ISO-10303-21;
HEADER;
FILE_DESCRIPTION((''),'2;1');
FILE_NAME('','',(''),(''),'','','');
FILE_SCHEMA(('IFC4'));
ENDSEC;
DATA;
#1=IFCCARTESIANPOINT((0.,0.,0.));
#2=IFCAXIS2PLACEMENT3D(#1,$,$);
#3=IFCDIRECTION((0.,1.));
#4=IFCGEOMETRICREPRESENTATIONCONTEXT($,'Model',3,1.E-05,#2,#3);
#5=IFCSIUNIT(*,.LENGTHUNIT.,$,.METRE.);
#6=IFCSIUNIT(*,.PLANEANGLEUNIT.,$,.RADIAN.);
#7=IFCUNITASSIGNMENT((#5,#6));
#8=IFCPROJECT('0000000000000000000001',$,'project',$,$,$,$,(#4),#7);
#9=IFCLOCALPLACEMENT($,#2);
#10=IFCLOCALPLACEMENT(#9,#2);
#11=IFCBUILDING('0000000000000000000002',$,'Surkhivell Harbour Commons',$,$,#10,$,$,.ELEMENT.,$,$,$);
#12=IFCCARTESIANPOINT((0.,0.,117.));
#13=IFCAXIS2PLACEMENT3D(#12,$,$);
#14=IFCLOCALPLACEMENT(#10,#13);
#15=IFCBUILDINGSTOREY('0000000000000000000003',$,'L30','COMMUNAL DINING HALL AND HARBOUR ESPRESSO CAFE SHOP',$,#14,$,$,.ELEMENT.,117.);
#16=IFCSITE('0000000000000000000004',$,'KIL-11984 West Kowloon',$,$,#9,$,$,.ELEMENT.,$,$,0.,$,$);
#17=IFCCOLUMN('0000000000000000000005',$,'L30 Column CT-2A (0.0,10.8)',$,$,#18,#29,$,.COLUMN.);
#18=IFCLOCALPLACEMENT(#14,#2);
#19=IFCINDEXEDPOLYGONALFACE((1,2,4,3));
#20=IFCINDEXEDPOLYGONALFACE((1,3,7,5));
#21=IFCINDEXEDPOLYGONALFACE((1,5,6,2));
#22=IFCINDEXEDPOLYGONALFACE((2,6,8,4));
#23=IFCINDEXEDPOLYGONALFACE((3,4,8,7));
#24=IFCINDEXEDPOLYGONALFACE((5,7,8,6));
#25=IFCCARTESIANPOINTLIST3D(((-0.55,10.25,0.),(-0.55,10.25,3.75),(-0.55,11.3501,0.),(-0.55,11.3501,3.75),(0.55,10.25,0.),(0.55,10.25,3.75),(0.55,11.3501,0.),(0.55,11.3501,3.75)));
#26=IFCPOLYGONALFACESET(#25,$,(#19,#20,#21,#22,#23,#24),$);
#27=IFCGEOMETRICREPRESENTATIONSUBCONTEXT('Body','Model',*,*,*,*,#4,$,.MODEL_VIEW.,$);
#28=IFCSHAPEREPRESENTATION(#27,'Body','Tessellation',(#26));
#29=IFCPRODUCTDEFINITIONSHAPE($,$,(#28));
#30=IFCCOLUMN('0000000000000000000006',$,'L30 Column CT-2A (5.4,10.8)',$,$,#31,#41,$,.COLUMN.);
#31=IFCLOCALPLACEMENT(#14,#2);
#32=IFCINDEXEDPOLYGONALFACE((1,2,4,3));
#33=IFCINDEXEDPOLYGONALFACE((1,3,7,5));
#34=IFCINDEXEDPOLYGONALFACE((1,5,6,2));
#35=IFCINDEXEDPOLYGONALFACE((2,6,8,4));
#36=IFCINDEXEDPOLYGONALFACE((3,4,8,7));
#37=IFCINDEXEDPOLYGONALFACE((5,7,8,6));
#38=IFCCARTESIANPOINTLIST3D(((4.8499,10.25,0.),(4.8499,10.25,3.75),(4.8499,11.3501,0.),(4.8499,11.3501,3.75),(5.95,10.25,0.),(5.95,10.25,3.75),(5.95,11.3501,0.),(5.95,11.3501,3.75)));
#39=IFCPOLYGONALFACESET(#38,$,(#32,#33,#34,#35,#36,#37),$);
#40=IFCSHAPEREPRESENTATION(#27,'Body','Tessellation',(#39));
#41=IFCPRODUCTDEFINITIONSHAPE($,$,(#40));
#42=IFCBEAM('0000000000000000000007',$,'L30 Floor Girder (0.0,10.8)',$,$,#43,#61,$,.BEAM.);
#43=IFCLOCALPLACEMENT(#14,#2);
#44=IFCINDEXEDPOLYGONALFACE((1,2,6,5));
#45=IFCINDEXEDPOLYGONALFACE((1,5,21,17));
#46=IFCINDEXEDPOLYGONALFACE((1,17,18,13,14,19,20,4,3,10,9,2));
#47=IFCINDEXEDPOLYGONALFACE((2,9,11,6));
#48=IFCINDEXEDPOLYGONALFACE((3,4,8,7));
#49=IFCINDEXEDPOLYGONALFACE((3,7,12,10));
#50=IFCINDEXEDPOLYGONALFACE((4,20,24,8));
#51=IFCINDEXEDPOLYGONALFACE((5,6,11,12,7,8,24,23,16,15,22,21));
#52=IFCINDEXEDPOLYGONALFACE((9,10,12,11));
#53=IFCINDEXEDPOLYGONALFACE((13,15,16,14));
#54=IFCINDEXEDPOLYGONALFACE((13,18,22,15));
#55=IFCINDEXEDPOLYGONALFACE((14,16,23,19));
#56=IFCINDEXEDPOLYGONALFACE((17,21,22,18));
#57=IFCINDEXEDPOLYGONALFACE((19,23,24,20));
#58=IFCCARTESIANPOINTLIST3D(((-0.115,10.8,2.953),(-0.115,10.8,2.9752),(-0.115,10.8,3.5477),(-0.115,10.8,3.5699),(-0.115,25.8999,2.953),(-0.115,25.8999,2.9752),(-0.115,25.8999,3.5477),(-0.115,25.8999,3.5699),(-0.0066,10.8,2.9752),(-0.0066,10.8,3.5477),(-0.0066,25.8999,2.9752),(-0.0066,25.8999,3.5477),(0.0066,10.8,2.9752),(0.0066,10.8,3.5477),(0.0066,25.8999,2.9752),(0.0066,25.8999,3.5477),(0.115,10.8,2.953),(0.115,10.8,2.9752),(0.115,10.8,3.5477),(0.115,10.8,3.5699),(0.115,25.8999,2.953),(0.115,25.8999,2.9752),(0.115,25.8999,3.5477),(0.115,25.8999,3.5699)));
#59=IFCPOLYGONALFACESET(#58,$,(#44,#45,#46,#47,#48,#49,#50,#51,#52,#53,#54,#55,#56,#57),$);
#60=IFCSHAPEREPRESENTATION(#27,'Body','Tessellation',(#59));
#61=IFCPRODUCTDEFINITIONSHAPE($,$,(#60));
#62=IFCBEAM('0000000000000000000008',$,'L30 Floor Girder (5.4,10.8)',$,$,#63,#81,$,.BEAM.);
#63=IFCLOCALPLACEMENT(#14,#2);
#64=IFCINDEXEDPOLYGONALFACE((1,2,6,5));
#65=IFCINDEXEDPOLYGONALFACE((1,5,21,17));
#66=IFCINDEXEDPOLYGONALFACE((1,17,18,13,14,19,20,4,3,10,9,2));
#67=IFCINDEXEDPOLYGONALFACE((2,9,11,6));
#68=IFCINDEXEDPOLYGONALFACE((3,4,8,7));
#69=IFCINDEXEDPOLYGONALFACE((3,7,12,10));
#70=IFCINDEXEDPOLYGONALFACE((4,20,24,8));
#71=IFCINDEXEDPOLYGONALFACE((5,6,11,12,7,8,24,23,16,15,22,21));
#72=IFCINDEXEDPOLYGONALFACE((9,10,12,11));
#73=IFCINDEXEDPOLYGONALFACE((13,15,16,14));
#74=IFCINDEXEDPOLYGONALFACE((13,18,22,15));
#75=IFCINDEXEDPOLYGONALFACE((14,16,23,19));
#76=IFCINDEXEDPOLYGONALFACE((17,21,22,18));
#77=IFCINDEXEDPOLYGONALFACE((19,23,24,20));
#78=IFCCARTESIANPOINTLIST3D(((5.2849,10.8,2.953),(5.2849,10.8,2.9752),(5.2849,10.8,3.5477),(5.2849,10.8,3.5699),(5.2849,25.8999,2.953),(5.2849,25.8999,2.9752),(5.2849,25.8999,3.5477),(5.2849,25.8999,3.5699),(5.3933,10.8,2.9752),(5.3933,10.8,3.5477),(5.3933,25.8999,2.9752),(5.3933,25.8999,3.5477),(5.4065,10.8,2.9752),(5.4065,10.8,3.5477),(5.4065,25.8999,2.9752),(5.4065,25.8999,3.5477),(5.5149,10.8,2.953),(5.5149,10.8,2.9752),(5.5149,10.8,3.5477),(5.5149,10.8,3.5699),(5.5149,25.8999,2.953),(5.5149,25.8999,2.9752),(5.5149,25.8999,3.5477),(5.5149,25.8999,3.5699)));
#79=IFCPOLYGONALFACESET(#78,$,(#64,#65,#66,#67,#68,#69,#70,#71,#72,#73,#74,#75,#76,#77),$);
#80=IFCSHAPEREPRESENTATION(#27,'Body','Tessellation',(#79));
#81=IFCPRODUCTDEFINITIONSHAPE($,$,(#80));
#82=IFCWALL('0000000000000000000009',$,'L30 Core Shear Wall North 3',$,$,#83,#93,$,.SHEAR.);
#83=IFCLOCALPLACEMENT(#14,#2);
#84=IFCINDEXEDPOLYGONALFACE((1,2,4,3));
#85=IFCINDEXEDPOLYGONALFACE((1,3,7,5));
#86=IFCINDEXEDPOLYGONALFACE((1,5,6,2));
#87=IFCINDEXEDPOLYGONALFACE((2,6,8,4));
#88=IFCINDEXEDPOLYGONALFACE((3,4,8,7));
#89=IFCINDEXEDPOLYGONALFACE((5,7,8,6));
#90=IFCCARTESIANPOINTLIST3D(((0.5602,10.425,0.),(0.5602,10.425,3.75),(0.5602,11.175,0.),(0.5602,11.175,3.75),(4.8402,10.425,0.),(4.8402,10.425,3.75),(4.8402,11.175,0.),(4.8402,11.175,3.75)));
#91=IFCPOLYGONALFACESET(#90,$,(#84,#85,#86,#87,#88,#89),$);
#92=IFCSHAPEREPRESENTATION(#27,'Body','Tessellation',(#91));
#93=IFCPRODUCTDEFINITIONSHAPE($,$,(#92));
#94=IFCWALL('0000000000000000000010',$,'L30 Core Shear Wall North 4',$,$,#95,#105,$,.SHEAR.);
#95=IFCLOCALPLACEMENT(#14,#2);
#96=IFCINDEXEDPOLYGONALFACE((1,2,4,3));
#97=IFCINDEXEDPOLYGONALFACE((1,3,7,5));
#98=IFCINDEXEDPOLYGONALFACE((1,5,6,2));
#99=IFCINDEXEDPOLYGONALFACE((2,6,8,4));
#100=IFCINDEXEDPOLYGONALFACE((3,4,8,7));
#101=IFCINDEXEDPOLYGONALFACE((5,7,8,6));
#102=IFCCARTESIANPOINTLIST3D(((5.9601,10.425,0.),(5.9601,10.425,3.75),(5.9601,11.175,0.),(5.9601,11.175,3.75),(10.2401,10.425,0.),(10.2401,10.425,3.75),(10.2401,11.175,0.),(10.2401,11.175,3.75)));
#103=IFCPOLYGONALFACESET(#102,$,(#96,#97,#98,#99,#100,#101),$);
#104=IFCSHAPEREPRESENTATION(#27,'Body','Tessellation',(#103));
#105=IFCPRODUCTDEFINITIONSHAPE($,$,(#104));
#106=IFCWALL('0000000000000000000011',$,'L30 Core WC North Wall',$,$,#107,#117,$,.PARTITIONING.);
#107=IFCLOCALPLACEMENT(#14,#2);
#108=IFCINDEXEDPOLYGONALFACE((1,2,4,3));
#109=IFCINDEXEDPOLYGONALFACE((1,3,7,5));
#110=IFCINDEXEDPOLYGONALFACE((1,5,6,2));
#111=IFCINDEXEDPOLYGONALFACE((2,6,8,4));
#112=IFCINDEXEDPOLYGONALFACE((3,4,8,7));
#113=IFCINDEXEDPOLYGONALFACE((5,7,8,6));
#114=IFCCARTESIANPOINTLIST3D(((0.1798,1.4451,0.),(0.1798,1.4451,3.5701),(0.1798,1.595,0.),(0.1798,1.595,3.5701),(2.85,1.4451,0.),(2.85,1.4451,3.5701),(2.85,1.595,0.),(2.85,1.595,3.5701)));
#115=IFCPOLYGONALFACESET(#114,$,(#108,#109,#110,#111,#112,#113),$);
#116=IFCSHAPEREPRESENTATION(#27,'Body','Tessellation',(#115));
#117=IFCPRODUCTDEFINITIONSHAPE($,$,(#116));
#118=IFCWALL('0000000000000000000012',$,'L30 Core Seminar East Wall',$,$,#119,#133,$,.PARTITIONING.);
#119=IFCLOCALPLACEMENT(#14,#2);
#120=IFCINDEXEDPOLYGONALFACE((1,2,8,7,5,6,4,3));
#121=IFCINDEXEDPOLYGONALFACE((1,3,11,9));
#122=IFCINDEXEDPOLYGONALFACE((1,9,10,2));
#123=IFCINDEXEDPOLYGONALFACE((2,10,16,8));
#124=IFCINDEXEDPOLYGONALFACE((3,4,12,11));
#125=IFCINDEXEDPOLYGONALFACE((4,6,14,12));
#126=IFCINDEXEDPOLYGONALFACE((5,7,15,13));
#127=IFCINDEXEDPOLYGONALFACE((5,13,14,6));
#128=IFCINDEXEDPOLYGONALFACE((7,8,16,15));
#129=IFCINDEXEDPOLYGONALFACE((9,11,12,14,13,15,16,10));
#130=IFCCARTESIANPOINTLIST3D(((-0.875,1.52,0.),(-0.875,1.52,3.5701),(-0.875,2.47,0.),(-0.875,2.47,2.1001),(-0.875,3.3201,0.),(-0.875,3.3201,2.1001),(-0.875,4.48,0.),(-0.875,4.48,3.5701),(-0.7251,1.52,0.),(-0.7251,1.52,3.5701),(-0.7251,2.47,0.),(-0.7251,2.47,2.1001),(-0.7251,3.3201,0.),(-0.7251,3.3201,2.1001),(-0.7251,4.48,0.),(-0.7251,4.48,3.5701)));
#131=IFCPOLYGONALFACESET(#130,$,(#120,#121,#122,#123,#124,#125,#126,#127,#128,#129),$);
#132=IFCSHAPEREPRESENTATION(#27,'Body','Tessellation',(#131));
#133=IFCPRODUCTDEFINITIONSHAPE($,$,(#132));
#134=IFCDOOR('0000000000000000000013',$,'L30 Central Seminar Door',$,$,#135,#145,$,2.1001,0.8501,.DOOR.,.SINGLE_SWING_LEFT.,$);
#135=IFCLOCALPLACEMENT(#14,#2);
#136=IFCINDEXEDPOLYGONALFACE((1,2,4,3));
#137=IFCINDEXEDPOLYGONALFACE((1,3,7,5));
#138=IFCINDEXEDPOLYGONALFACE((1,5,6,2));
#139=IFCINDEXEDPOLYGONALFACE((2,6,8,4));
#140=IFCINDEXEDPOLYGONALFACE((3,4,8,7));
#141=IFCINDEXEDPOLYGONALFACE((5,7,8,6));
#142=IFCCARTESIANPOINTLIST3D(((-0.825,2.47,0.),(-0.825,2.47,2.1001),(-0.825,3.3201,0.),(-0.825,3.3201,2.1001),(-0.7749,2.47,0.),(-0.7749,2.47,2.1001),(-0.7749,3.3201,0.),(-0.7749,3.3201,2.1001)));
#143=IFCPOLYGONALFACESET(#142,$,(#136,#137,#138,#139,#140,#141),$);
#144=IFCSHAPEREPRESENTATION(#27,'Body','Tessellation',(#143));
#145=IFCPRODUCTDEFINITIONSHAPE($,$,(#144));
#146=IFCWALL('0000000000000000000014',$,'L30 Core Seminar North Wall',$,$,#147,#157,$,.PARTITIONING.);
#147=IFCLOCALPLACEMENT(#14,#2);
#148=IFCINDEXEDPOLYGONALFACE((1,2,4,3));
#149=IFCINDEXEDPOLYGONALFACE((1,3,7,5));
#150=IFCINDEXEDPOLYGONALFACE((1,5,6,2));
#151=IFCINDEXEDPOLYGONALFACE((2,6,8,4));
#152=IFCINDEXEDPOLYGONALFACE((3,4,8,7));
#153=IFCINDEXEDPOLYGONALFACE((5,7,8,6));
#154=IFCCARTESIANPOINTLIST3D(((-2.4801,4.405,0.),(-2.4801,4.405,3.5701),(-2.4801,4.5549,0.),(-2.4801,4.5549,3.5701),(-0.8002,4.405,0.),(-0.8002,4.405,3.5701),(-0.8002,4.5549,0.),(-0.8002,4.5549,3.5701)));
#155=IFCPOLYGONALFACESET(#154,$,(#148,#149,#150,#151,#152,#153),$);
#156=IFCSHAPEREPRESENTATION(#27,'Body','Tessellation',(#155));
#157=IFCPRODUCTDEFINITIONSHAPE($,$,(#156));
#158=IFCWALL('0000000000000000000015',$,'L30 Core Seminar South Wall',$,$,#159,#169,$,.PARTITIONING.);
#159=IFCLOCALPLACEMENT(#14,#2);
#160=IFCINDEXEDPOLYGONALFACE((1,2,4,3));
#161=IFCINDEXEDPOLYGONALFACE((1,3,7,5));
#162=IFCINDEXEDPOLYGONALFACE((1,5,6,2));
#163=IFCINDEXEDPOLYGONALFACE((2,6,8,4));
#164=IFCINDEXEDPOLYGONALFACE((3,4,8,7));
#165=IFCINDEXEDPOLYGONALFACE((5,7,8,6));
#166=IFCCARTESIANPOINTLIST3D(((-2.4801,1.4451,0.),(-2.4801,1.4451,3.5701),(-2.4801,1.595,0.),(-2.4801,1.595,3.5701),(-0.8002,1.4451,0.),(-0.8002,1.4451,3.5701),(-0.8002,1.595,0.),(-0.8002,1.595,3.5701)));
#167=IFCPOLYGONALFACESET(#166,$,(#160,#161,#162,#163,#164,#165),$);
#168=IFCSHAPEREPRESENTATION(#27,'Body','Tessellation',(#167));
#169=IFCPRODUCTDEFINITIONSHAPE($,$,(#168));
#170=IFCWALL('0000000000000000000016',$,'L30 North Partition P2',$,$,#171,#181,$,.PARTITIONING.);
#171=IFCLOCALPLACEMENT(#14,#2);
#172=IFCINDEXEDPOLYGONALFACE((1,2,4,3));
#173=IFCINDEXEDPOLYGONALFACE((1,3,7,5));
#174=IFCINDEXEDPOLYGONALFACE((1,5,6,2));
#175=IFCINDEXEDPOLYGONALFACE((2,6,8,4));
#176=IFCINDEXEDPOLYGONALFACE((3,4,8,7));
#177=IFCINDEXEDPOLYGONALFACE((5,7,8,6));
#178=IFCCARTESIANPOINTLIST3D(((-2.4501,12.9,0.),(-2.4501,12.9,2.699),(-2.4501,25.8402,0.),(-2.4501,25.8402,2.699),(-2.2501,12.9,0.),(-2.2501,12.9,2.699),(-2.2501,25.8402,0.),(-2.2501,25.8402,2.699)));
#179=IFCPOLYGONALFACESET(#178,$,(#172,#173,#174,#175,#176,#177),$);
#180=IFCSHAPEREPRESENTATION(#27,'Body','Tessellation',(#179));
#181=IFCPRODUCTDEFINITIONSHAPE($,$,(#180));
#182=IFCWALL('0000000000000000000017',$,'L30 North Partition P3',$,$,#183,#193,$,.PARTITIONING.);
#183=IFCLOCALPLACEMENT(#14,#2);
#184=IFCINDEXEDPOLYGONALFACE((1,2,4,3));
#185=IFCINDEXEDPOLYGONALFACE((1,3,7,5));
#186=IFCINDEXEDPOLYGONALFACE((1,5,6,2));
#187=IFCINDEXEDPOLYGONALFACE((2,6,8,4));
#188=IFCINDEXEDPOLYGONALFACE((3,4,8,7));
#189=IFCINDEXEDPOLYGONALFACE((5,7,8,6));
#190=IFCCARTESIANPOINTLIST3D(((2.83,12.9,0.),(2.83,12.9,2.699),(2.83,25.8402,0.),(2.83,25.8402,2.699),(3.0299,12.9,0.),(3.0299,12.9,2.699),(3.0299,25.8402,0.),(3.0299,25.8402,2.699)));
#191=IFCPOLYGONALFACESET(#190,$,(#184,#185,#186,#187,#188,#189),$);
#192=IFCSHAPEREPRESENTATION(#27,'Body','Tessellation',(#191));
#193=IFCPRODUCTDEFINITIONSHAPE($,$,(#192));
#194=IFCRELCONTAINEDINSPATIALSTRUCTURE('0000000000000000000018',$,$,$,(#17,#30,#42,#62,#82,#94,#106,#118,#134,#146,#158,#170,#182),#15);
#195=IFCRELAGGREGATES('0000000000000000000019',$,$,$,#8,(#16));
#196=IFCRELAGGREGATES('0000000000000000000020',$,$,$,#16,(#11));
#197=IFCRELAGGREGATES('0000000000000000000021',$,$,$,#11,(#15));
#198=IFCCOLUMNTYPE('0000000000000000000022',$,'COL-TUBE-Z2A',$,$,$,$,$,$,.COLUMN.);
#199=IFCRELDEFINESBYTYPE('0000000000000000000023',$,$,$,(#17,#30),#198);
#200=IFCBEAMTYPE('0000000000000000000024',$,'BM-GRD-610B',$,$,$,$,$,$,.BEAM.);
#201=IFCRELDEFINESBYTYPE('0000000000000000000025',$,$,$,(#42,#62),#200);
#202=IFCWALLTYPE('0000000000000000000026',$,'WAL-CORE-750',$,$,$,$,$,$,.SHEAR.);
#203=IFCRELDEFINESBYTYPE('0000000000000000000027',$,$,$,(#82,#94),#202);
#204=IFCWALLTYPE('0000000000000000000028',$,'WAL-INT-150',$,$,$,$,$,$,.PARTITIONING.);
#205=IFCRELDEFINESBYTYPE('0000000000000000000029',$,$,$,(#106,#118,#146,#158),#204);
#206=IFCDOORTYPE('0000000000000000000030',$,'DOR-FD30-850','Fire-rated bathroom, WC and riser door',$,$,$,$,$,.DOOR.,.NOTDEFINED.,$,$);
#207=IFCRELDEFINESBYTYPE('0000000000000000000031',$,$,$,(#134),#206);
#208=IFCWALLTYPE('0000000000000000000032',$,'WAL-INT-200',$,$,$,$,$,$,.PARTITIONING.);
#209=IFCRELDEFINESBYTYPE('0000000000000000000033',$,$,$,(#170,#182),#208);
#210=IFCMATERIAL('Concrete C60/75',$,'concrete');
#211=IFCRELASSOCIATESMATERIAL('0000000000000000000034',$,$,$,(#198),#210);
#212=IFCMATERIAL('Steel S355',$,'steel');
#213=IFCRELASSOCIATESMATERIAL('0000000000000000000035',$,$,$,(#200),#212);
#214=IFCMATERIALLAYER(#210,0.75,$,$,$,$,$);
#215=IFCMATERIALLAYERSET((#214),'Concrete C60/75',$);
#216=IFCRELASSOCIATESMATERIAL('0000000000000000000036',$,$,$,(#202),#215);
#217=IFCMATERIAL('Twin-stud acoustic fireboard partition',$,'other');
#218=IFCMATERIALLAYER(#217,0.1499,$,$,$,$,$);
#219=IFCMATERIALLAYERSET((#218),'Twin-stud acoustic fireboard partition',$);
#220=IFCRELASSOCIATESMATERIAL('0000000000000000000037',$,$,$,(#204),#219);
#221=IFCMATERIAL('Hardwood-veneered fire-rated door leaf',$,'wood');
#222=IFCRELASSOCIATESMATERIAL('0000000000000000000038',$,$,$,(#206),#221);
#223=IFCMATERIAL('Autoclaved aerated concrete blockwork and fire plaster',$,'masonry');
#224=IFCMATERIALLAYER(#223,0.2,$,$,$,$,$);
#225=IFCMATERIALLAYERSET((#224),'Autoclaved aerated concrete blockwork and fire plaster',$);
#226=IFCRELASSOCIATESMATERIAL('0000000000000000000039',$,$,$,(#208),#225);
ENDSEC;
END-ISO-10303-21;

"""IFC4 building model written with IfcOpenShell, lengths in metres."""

from ifc_helpers import new_model, si_unit, direction, frame, frame_2d, origin, origin_2d, place, context, subcontext, project, spatial, rectangle, i_section, extrude, material, layer, layer_set, material_profile, profile_set, type_object, element, fill, save


model = new_model("IFC4")

# Units and contexts
model_context = context("Model", 3, precision=1e-05, world=origin(), true_north=direction((0.0, 1.0)))
body_context = subcontext(model_context, "Body", "Model", "MODEL_VIEW")
ifc_project = project(units=[si_unit("LENGTHUNIT", "METRE"), si_unit("PLANEANGLEUNIT", "RADIAN")], contexts=[model_context])

# Site, building, storey
site_placement = place(None, origin())
site = spatial("IfcSite", under=ifc_project, at=site_placement, Name="KIL-11984 West Kowloon", CompositionType="ELEMENT", RefElevation=0.0)
building_placement = place(site_placement, origin())
building = spatial("IfcBuilding", under=site, at=building_placement, Name="Surkhivell Harbour Commons", CompositionType="ELEMENT")
storey_placement = place(building_placement, frame((0.0, 0.0, 117.0)))
storey = spatial("IfcBuildingStorey", under=building, at=storey_placement, Name="L30", Description="COMMUNAL DINING HALL AND HARBOUR ESPRESSO CAFE SHOP", CompositionType="ELEMENT", Elevation=117.0)

# Columns
ifc_material_1 = material(Name="Concrete C60/75", Category="concrete")
ifc_material_profile_1 = material_profile(ifc_material_1, rectangle(XDim=1.1001, YDim=1.1001, at=origin_2d()), Name="RC-COL-1100x1100")
ifc_profile_set_1 = profile_set([ifc_material_profile_1], Name="Concrete C60/75")
column_type = type_object("IfcColumnType", Name="COL-TUBE-Z2A", PredefinedType="COLUMN", material=ifc_profile_set_1)
for number, where, z_axis, x_axis, name in (
    (1, (0.0, 10.8, 0.0), (0.0, 0.0, 1.0), (1.0, 0.0, 0.0), "L30 Column CT-2A (0.0,10.8)"),
    (2, (5.3999, 10.8, 0.0), (0.0, 0.0, 1.0), (1.0, 0.0, 0.0), "L30 Column CT-2A (5.4,10.8)"),
):
    element("IfcColumn", number, at=place(storey_placement, frame(where, z_axis=z_axis, x_axis=x_axis)), inside=storey, type_object=column_type, Name=name, PredefinedType="COLUMN", context=body_context, shape_type="SweptSolid", body=[
        extrude(rectangle(XDim=1.1001, YDim=1.1001, at=origin_2d()), origin(), (0.0, 0.0, 1.0), 3.75),
    ])

# Beams
ifc_material_2 = material(Name="Steel S355", Category="steel")
ifc_material_profile_2 = material_profile(ifc_material_2, i_section(OverallWidth=0.23, OverallDepth=0.6169, WebThickness=0.0132, FlangeThickness=0.0222, at=origin_2d()), Name="UB610x229x140")
ifc_profile_set_2 = profile_set([ifc_material_profile_2], Name="Steel S355")
beam_type = type_object("IfcBeamType", Name="BM-GRD-610B", PredefinedType="BEAM", material=ifc_profile_set_2)
for number, where, z_axis, x_axis, name in (
    (3, (0.0, 10.8, 3.2615), (0.0, 1.0, 0.0), (-1.0, 0.0, 0.0), "L30 Floor Girder (0.0,10.8)"),
    (4, (5.3999, 10.8, 3.2615), (0.0, 1.0, 0.0), (-1.0, 0.0, 0.0), "L30 Floor Girder (5.4,10.8)"),
):
    element("IfcBeam", number, at=place(storey_placement, frame(where, z_axis=z_axis, x_axis=x_axis)), inside=storey, type_object=beam_type, Name=name, PredefinedType="BEAM", context=body_context, shape_type="SweptSolid", body=[
        extrude(i_section(OverallWidth=0.23, OverallDepth=0.6169, WebThickness=0.0132, FlangeThickness=0.0222, at=origin_2d()), origin(), (0.0, 0.0, 1.0), 15.0999),
    ])

# Walls
ifc_layer_1 = layer(ifc_material_1, 0.75)
ifc_layer_set_1 = layer_set([ifc_layer_1], Name="Concrete C60/75")
wall_type_1 = type_object("IfcWallType", Name="WAL-CORE-750", PredefinedType="SHEAR", material=ifc_layer_set_1)
for number, where, z_axis, x_axis, name in (
    (5, (0.5601, 10.8, 0.0), (0.0, 0.0, 1.0), (1.0, 0.0, 0.0), "L30 Core Shear Wall North 3"),
    (6, (5.96, 10.8, 0.0), (0.0, 0.0, 1.0), (1.0, 0.0, 0.0), "L30 Core Shear Wall North 4"),
):
    element("IfcWall", number, at=place(storey_placement, frame(where, z_axis=z_axis, x_axis=x_axis)), inside=storey, type_object=wall_type_1, Name=name, PredefinedType="SHEAR", context=body_context, shape_type="SweptSolid", body=[
        extrude(rectangle(XDim=4.28, YDim=0.75, at=frame_2d((2.1401, 0.0))), origin(), (0.0, 0.0, 1.0), 3.75),
    ])
ifc_material_3 = material(Name="Twin-stud acoustic fireboard partition", Category="other")
ifc_layer_2 = layer(ifc_material_3, 0.1499)
ifc_layer_set_2 = layer_set([ifc_layer_2], Name="Twin-stud acoustic fireboard partition")
wall_type_2 = type_object("IfcWallType", Name="WAL-INT-150", PredefinedType="PARTITIONING", material=ifc_layer_set_2)
wall_1_placement = place(storey_placement, frame((0.1799, 1.52, 0.0), z_axis=(0.0, 0.0, 1.0), x_axis=(1.0, 0.0, 0.0)))
element("IfcWall", 7, at=wall_1_placement, inside=storey, type_object=wall_type_2, Name="L30 Core WC North Wall", PredefinedType="PARTITIONING", context=body_context, shape_type="SweptSolid", body=[
    extrude(rectangle(XDim=2.6702, YDim=0.1499, at=frame_2d((1.335, 0.0))), origin(), (0.0, 0.0, 1.0), 3.5701),
])

# Wall, opening, door
wall_2_placement = place(storey_placement, frame((-0.8, 1.52, 0.0), z_axis=(0.0, 0.0, 1.0), x_axis=(0.0, 1.0, 0.0)))
wall_2 = element("IfcWall", 8, at=wall_2_placement, inside=storey, type_object=wall_type_2, Name="L30 Core Seminar East Wall", PredefinedType="PARTITIONING", context=body_context, shape_type="SweptSolid", body=[
    extrude(rectangle(XDim=2.96, YDim=0.1499, at=frame_2d((1.48, 0.0))), origin(), (0.0, 0.0, 1.0), 3.5701),
])
opening_1_placement = place(wall_2_placement, frame((0.95, 0.0, 0.0)))
opening_1 = element("IfcOpeningElement", 9, at=opening_1_placement, cuts=wall_2, PredefinedType="OPENING", context=body_context, shape_type="SweptSolid", body=[
    extrude(rectangle(XDim=0.8501, YDim=2.1001, at=frame_2d((0.425, 1.05))), frame((0.0, 0.085, 0.0), z_axis=(0.0, -1.0, 0.0), x_axis=(1.0, 0.0, 0.0)), (0.0, 0.0, 1.0), 0.1699),
])
ifc_material_4 = material(Name="Hardwood-veneered fire-rated door leaf", Category="wood")
door_type_1 = type_object("IfcDoorType", Name="DOR-FD30-850", Description="Fire-rated bathroom, WC and riser door", OperationType="NOTDEFINED", PredefinedType="DOOR", material=ifc_material_4)
door_1_placement = place(opening_1_placement, origin())
door_1 = element("IfcDoor", 10, at=door_1_placement, inside=storey, type_object=door_type_1, Name="L30 Central Seminar Door", OperationType="SINGLE_SWING_LEFT", OverallHeight=2.1001, OverallWidth=0.8501, PredefinedType="DOOR", context=body_context, shape_type="SweptSolid", body=[
    extrude(rectangle(XDim=0.8501, YDim=2.1001, at=frame_2d((0.425, 1.05))), frame((0.0, 0.0249, 0.0), z_axis=(0.0, -1.0, 0.0), x_axis=(1.0, 0.0, 0.0)), (0.0, 0.0, 1.0), 0.05),
])
fill(opening_1, door_1)

# Walls
for number, where, z_axis, x_axis, name in (
    (11, (-2.48, 4.48, 0.0), (0.0, 0.0, 1.0), (1.0, 0.0, 0.0), "L30 Core Seminar North Wall"),
    (12, (-2.48, 1.52, 0.0), (0.0, 0.0, 1.0), (1.0, 0.0, 0.0), "L30 Core Seminar South Wall"),
):
    element("IfcWall", number, at=place(storey_placement, frame(where, z_axis=z_axis, x_axis=x_axis)), inside=storey, type_object=wall_type_2, Name=name, PredefinedType="PARTITIONING", context=body_context, shape_type="SweptSolid", body=[
        extrude(rectangle(XDim=1.6799, YDim=0.1499, at=frame_2d((0.8398, 0.0))), origin(), (0.0, 0.0, 1.0), 3.5701),
    ])
ifc_material_5 = material(Name="Autoclaved aerated concrete blockwork and fire plaster", Category="masonry")
ifc_layer_3 = layer(ifc_material_5, 0.2)
ifc_layer_set_3 = layer_set([ifc_layer_3], Name="Autoclaved aerated concrete blockwork and fire plaster")
wall_type_3 = type_object("IfcWallType", Name="WAL-INT-200", PredefinedType="PARTITIONING", material=ifc_layer_set_3)
for number, where, z_axis, x_axis, name in (
    (13, (-2.3501, 12.8999, 0.0), (0.0, 0.0, 1.0), (0.0, 1.0, 0.0), "L30 North Partition P2"),
    (14, (2.9299, 12.8999, 0.0), (0.0, 0.0, 1.0), (0.0, 1.0, 0.0), "L30 North Partition P3"),
):
    element("IfcWall", number, at=place(storey_placement, frame(where, z_axis=z_axis, x_axis=x_axis)), inside=storey, type_object=wall_type_3, Name=name, PredefinedType="PARTITIONING", context=body_context, shape_type="SweptSolid", body=[
        extrude(rectangle(XDim=12.9402, YDim=0.2, at=frame_2d((6.4702, 0.0))), origin(), (0.0, 0.0, 1.0), 2.699),
    ])

save(model, "model.ifc")
